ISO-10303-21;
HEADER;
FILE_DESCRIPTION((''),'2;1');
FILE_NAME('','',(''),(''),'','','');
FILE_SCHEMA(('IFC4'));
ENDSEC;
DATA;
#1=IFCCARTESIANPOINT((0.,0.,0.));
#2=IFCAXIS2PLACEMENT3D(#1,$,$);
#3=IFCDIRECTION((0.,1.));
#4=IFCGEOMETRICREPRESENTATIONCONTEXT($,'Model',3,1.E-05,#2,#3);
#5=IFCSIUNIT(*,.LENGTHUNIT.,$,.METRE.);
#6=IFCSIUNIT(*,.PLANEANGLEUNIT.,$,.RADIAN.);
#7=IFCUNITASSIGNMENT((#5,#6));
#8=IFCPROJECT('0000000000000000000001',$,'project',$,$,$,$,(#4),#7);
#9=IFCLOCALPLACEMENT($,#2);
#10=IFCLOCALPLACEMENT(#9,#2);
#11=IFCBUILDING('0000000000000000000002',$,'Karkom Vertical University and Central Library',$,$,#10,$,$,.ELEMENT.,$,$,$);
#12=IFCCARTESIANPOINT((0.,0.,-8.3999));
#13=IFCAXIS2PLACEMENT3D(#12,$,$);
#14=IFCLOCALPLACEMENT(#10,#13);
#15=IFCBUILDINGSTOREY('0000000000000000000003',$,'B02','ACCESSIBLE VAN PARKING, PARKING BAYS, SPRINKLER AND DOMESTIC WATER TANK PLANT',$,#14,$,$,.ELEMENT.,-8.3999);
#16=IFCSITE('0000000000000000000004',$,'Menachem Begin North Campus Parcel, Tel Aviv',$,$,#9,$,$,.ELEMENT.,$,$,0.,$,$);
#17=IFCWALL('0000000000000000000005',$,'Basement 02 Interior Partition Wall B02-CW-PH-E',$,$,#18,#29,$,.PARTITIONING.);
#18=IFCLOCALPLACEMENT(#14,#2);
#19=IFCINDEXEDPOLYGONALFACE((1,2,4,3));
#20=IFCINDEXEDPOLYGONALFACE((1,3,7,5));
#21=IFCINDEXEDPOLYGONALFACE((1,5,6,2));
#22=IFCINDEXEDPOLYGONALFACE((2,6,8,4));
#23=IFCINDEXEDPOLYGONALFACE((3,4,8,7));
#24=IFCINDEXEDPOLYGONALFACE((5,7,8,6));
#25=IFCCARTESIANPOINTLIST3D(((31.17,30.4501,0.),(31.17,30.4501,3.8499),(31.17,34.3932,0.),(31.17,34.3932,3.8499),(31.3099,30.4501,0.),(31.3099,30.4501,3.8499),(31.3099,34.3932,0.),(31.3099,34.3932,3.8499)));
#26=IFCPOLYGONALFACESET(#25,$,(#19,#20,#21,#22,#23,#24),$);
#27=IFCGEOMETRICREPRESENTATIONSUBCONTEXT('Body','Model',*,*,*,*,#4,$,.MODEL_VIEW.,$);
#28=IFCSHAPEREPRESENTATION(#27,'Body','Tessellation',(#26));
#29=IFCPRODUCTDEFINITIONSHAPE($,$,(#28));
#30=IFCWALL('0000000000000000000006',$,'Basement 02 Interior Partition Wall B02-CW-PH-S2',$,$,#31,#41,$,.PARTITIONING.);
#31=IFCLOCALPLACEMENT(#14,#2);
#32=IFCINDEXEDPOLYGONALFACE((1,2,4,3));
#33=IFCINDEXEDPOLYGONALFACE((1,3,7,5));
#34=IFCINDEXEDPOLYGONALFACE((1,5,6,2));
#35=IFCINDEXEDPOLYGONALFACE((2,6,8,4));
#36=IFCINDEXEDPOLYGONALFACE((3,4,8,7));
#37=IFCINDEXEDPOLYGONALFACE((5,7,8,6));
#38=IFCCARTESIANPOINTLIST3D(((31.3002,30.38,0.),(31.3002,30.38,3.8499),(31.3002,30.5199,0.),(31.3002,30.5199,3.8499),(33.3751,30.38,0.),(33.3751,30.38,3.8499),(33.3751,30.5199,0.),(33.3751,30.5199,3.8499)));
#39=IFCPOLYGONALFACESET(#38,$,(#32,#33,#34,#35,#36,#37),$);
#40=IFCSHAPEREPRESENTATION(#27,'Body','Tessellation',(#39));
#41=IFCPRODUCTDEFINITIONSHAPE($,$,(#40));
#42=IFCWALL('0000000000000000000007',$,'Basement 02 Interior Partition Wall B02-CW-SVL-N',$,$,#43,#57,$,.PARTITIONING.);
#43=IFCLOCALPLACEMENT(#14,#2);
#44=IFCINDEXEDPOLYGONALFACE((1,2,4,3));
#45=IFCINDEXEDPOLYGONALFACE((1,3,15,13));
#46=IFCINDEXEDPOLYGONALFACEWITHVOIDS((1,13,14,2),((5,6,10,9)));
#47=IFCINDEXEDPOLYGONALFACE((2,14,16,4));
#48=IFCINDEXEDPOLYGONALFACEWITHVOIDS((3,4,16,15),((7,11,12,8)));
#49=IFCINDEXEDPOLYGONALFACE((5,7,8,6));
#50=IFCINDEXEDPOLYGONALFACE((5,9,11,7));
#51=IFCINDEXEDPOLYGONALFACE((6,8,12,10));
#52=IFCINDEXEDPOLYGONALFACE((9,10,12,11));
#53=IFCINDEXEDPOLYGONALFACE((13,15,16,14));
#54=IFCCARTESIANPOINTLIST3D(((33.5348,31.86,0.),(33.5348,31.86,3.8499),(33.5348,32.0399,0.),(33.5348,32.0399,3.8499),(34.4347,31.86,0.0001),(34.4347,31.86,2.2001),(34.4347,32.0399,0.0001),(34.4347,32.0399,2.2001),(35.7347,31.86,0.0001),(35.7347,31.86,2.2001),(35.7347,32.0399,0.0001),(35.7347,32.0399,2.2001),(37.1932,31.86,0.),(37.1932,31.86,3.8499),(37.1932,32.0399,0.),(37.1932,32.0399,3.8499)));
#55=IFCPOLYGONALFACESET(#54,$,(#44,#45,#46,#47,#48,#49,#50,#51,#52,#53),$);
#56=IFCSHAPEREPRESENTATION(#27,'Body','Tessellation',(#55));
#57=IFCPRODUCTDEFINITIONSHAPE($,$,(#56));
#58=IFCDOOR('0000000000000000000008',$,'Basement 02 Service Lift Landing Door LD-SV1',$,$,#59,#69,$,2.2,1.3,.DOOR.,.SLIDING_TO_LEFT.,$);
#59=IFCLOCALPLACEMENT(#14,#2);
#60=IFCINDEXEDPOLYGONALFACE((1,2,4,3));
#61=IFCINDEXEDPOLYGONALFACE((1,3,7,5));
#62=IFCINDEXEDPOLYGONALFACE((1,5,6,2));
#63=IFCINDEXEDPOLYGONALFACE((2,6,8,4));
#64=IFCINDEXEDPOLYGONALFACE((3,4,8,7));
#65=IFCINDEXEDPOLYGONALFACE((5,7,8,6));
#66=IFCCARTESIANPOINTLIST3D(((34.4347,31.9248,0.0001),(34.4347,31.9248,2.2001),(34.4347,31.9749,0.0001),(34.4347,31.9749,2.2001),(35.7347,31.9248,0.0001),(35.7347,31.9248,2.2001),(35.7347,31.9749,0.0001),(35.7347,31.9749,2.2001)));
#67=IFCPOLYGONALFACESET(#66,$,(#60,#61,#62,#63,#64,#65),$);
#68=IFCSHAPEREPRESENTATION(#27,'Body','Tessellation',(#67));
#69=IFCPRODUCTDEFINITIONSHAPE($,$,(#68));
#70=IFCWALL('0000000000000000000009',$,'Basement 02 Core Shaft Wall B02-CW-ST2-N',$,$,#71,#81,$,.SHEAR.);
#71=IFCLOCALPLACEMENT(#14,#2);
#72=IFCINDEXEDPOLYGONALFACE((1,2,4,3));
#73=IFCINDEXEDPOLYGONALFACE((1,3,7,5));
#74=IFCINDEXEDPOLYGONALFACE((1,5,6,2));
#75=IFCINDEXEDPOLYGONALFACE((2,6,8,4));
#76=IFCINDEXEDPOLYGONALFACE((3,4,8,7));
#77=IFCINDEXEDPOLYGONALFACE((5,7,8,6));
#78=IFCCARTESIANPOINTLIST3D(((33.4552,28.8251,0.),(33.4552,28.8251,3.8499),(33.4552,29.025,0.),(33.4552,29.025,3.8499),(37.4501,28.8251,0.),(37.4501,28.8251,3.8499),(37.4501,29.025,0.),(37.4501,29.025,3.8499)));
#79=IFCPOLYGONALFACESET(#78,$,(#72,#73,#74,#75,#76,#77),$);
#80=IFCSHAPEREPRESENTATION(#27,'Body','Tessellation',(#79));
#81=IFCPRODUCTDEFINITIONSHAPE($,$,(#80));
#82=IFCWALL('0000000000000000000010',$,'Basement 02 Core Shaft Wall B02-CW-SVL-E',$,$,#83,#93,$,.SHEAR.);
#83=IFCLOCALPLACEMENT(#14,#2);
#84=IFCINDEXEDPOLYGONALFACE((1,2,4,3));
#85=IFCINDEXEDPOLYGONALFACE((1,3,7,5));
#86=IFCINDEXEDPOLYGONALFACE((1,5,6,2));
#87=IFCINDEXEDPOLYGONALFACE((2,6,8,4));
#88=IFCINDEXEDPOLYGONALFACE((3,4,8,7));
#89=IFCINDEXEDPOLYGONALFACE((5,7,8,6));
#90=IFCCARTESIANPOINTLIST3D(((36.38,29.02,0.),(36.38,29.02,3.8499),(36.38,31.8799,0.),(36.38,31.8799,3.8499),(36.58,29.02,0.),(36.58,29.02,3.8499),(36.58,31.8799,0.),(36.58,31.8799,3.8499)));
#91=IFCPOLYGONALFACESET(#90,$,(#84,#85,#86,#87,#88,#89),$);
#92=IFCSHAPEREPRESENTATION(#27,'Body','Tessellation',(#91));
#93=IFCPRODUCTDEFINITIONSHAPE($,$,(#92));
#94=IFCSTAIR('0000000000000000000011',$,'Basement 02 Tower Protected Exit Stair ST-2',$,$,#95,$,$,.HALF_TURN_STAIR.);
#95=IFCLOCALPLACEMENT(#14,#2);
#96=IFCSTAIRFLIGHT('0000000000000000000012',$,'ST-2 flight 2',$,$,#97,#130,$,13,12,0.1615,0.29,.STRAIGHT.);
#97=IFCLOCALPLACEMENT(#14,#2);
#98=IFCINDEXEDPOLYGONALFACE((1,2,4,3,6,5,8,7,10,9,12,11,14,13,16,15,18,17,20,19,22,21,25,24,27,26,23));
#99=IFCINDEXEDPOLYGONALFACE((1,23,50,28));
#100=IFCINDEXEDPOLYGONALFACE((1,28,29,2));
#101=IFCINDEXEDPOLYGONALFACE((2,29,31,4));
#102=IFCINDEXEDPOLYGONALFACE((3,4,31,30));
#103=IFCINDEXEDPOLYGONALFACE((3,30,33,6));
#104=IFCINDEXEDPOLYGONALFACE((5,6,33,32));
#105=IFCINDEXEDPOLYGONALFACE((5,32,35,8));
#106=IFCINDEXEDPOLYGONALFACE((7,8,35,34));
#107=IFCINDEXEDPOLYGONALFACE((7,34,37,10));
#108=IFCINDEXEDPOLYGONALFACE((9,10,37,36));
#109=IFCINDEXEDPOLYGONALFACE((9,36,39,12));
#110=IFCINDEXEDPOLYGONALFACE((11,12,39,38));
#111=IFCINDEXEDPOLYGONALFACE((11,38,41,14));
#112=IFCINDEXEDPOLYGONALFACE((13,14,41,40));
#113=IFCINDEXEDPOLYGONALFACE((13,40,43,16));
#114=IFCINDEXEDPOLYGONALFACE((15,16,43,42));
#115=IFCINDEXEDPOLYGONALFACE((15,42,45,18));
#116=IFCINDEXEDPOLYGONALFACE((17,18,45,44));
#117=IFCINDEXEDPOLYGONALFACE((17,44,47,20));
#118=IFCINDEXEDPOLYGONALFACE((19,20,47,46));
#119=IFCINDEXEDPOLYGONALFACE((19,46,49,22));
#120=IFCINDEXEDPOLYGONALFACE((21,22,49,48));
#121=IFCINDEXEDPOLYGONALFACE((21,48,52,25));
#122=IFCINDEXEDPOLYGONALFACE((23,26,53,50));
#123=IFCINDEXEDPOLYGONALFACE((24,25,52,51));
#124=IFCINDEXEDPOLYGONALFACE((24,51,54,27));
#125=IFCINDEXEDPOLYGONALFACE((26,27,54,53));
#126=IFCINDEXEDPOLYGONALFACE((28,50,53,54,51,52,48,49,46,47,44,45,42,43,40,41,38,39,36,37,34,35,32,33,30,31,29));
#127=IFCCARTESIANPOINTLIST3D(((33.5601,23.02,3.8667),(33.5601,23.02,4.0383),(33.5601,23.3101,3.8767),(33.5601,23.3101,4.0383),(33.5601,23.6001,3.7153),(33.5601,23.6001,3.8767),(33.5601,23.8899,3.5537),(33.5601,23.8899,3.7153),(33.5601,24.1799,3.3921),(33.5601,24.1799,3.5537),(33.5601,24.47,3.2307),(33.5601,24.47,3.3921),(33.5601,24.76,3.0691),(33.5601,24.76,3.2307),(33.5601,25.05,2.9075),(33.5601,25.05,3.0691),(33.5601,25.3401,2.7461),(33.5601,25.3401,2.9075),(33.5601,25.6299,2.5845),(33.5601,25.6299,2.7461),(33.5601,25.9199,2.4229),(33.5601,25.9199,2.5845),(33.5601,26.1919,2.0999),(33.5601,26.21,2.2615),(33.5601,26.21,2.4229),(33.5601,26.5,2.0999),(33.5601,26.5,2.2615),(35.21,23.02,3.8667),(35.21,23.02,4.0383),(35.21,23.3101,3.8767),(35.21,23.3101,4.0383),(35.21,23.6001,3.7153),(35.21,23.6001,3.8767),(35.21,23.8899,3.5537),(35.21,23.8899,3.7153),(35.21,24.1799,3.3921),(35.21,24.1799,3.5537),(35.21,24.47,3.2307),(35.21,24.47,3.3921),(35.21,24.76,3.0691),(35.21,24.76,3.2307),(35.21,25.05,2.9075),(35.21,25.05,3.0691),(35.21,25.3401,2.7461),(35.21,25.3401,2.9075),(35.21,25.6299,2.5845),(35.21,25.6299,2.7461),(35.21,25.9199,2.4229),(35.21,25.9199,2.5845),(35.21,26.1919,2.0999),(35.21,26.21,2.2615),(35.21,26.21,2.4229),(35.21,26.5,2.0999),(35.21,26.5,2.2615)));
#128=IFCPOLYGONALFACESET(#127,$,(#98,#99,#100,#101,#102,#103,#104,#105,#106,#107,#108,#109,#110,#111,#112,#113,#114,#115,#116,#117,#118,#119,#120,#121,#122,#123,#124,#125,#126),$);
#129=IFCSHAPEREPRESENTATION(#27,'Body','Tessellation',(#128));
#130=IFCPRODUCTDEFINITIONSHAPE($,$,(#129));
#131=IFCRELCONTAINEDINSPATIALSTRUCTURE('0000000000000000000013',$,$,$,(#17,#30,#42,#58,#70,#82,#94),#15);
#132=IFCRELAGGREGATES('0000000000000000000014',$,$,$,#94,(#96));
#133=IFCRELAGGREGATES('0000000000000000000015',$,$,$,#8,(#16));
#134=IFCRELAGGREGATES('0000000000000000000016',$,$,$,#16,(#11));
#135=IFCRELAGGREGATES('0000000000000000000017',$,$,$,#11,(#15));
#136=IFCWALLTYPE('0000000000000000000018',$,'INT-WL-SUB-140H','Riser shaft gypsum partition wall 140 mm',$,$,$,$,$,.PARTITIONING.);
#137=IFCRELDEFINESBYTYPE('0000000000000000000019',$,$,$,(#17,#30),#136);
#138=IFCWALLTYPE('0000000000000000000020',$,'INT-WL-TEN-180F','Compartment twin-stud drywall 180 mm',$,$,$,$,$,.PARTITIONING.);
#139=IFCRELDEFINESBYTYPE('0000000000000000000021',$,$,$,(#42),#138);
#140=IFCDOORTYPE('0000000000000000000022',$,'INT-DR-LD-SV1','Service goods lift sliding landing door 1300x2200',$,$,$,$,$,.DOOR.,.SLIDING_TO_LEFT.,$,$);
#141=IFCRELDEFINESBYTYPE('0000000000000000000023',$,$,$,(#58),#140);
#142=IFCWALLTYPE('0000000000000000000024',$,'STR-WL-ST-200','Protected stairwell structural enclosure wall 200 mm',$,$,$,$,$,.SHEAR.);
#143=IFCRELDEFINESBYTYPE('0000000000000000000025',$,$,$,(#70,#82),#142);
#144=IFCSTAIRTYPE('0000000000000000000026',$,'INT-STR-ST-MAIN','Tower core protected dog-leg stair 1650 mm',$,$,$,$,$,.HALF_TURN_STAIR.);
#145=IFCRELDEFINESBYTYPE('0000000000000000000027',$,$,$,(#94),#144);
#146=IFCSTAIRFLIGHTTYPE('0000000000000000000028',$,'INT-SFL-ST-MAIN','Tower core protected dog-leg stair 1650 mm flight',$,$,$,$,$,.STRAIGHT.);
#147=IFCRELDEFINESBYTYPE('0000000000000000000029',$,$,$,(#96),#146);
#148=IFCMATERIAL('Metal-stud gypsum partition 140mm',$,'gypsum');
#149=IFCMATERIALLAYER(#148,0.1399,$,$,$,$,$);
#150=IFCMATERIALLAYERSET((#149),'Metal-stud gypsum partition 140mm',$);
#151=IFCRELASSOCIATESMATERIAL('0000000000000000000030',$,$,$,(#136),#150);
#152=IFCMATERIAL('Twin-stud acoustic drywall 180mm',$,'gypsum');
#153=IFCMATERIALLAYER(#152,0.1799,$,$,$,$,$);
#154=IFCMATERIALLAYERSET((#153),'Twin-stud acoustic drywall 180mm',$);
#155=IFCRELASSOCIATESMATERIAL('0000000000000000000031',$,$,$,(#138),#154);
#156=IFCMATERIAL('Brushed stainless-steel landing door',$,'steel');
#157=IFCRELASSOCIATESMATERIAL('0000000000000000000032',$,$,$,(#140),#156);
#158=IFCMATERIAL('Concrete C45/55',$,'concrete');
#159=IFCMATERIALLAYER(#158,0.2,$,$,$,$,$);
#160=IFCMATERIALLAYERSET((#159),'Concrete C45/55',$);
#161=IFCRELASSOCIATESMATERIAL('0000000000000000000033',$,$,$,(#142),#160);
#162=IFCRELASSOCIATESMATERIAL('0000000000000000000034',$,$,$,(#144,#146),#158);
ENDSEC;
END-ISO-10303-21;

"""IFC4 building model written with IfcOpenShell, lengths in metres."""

from ifc_helpers import new_model, si_unit, direction, frame, frame_2d, origin, origin_with_axes, place, context, subcontext, project, spatial, polyline, rectangle, outline, extrude, source, transform, mapped, material, layer, layer_set, type_object, element, fill, aggregate, save


model = new_model("IFC4")

# Units and contexts
model_context = context("Model", 3, precision=1e-05, world=origin(), true_north=direction((0.0, 1.0)))
body_context = subcontext(model_context, "Body", "Model", "MODEL_VIEW")
ifc_project = project(units=[si_unit("LENGTHUNIT", "METRE"), si_unit("PLANEANGLEUNIT", "RADIAN")], contexts=[model_context])

# Site, building, storey
site_placement = place(None, origin())
site = spatial("IfcSite", under=ifc_project, at=site_placement, Name="Menachem Begin North Campus Parcel, Tel Aviv", CompositionType="ELEMENT", RefElevation=0.0)
building_placement = place(site_placement, origin())
building = spatial("IfcBuilding", under=site, at=building_placement, Name="Karkom Vertical University and Central Library", CompositionType="ELEMENT")
storey_placement = place(building_placement, frame((0.0, 0.0, -8.3999)))
storey = spatial("IfcBuildingStorey", under=building, at=storey_placement, Name="B02", Description="ACCESSIBLE VAN PARKING, PARKING BAYS, SPRINKLER AND DOMESTIC WATER TANK PLANT", CompositionType="ELEMENT", Elevation=-8.3999)

# Walls
ifc_material_1 = material(Name="Metal-stud gypsum partition 140mm", Category="gypsum")
ifc_layer_1 = layer(ifc_material_1, 0.1399)
ifc_layer_set_1 = layer_set([ifc_layer_1], Name="Metal-stud gypsum partition 140mm")
wall_type_1 = type_object("IfcWallType", Name="INT-WL-SUB-140H", Description="Riser shaft gypsum partition wall 140 mm", PredefinedType="PARTITIONING", material=ifc_layer_set_1)
for number, where, z_axis, x_axis, name in (
    (1, (31.24, 30.45, 0.0), (0.0, 0.0, 1.0), (0.0, 1.0, 0.0), "Basement 02 Interior Partition Wall B02-CW-PH-E"),
):
    element("IfcWall", number, at=place(storey_placement, frame(where, z_axis=z_axis, x_axis=x_axis)), inside=storey, type_object=wall_type_1, Name=name, PredefinedType="PARTITIONING", context=body_context, shape_type="SweptSolid", body=[
        extrude(rectangle(XDim=3.9431, YDim=0.1399, at=frame_2d((1.9717, 0.0))), origin(), (0.0, 0.0, 1.0), 3.8499),
    ])
wall_1_placement = place(storey_placement, frame((31.3, 30.45, 0.0), z_axis=(0.0, 0.0, 1.0), x_axis=(1.0, 0.0, 0.0)))
element("IfcWall", 2, at=wall_1_placement, inside=storey, type_object=wall_type_1, Name="Basement 02 Interior Partition Wall B02-CW-PH-S2", PredefinedType="PARTITIONING", context=body_context, shape_type="SweptSolid", body=[
    extrude(rectangle(XDim=2.075, YDim=0.1399, at=frame_2d((1.0376, 0.0))), origin(), (0.0, 0.0, 1.0), 3.8499),
])

# Wall, opening, door
ifc_material_2 = material(Name="Twin-stud acoustic drywall 180mm", Category="gypsum")
ifc_layer_2 = layer(ifc_material_2, 0.1799)
ifc_layer_set_2 = layer_set([ifc_layer_2], Name="Twin-stud acoustic drywall 180mm")
wall_type_2 = type_object("IfcWallType", Name="INT-WL-TEN-180F", Description="Compartment twin-stud drywall 180 mm", PredefinedType="PARTITIONING", material=ifc_layer_set_2)
wall_2_placement = place(storey_placement, frame((33.5349, 31.95, 0.0), z_axis=(0.0, 0.0, 1.0), x_axis=(1.0, 0.0, 0.0)))
wall_2 = element("IfcWall", 3, at=wall_2_placement, inside=storey, type_object=wall_type_2, Name="Basement 02 Interior Partition Wall B02-CW-SVL-N", PredefinedType="PARTITIONING", context=body_context, shape_type="SweptSolid", body=[
    extrude(rectangle(XDim=3.6584, YDim=0.1799, at=frame_2d((1.8291, 0.0))), origin(), (0.0, 0.0, 1.0), 3.8499),
])
opening_1_placement = place(wall_2_placement, frame((0.8999, 0.0, 0.0)))
opening_1 = element("IfcOpeningElement", 4, at=opening_1_placement, cuts=wall_2, PredefinedType="OPENING", context=body_context, shape_type="SweptSolid", body=[
    extrude(rectangle(XDim=1.3, YDim=2.2, at=frame_2d((0.6499, 1.1001))), frame((0.0, 0.1001, 0.0), z_axis=(0.0, -1.0, 0.0), x_axis=(1.0, 0.0, 0.0)), (0.0, 0.0, 1.0), 0.2),
])
ifc_material_3 = material(Name="Brushed stainless-steel landing door", Category="steel")
door_type_1 = type_object("IfcDoorType", Name="INT-DR-LD-SV1", Description="Service goods lift sliding landing door 1300x2200", OperationType="SLIDING_TO_LEFT", PredefinedType="DOOR", material=ifc_material_3)
shared_shape_1 = source(origin_with_axes(), body_context, "Body", "SweptSolid", [
    extrude(rectangle(XDim=1.3, YDim=2.2, at=frame_2d((0.6499, 1.1001))), frame((0.0, 0.0249, 0.0), z_axis=(0.0, -1.0, 0.0), x_axis=(1.0, 0.0, 0.0)), (0.0, 0.0, 1.0), 0.05),
])
door_1_placement = place(opening_1_placement, origin())
door_1 = element("IfcDoor", 5, at=door_1_placement, inside=storey, type_object=door_type_1, Name="Basement 02 Service Lift Landing Door LD-SV1", OperationType="SLIDING_TO_LEFT", OverallHeight=2.2, OverallWidth=1.3, PredefinedType="DOOR", context=body_context, shape_type="MappedRepresentation", body=[
    mapped(shared_shape_1, transform((0.0, 0.0, 0.0), scale=1.0)),
])
fill(opening_1, door_1)

# Walls
ifc_material_4 = material(Name="Concrete C45/55", Category="concrete")
ifc_layer_3 = layer(ifc_material_4, 0.2)
ifc_layer_set_3 = layer_set([ifc_layer_3], Name="Concrete C45/55")
wall_type_3 = type_object("IfcWallType", Name="STR-WL-ST-200", Description="Protected stairwell structural enclosure wall 200 mm", PredefinedType="SHEAR", material=ifc_layer_set_3)
wall_3_placement = place(storey_placement, frame((33.4551, 28.925, 0.0), z_axis=(0.0, 0.0, 1.0), x_axis=(1.0, 0.0, 0.0)))
element("IfcWall", 6, at=wall_3_placement, inside=storey, type_object=wall_type_3, Name="Basement 02 Core Shaft Wall B02-CW-ST2-N", PredefinedType="SHEAR", context=body_context, shape_type="SweptSolid", body=[
    extrude(rectangle(XDim=3.9949, YDim=0.2, at=frame_2d((1.9976, 0.0))), origin(), (0.0, 0.0, 1.0), 3.8499),
])
wall_4_placement = place(storey_placement, frame((36.48, 29.02, 0.0), z_axis=(0.0, 0.0, 1.0), x_axis=(0.0, 1.0, 0.0)))
element("IfcWall", 7, at=wall_4_placement, inside=storey, type_object=wall_type_3, Name="Basement 02 Core Shaft Wall B02-CW-SVL-E", PredefinedType="SHEAR", context=body_context, shape_type="SweptSolid", body=[
    extrude(rectangle(XDim=2.8599, YDim=0.2, at=frame_2d((1.4299, 0.0))), origin(), (0.0, 0.0, 1.0), 3.8499),
])

# Stair, stair flight
stair_type = type_object("IfcStairType", Name="INT-STR-ST-MAIN", Description="Tower core protected dog-leg stair 1650 mm", PredefinedType="HALF_TURN_STAIR", material=ifc_material_4)
stair_placement = place(storey_placement, origin())
stair = element("IfcStair", 8, at=stair_placement, inside=storey, type_object=stair_type, Name="Basement 02 Tower Protected Exit Stair ST-2", PredefinedType="HALF_TURN_STAIR")
stair_flight_type = type_object("IfcStairFlightType", Name="INT-SFL-ST-MAIN", Description="Tower core protected dog-leg stair 1650 mm flight", PredefinedType="STRAIGHT", material=ifc_material_4)
stair_flight_placement = place(storey_placement, frame((34.385, 26.5, 2.0999), z_axis=(0.0, 0.0, 1.0), x_axis=(0.0, -1.0, 0.0)))
stair_flight = element("IfcStairFlight", 9, at=stair_flight_placement, type_object=stair_flight_type, Name="ST-2 flight 2", NumberOfRisers=13, NumberOfTreads=12, PredefinedType="STRAIGHT", RiserHeight=0.1615, TreadLength=0.29, context=body_context, shape_type="SweptSolid", body=[
    extrude(outline(polyline([(0.0, 0.0), (0.0, 0.1616), (0.29, 0.1616), (0.29, 0.323), (0.5801, 0.323), (0.5801, 0.4846), (0.8701, 0.4846), (0.8701, 0.6462), (1.1599, 0.6462), (1.1599, 0.8076), (1.45, 0.8076), (1.45, 0.9692), (1.74, 0.9692), (1.74, 1.1309), (2.03, 1.1309), (2.03, 1.2922), (2.3201, 1.2922), (2.3201, 1.4539), (2.6101, 1.4539), (2.6101, 1.6155), (2.8999, 1.6155), (2.8999, 1.7769), (3.1899, 1.7769), (3.1899, 1.9385), (3.48, 1.9385), (3.48, 2.1001), (3.48, 1.7668), (0.3081, 0.0), (0.0, 0.0)])), frame((0.0, 0.825, 0.0), z_axis=(0.0, -1.0, 0.0), x_axis=(1.0, 0.0, 0.0)), (0.0, 0.0, 1.0), 1.6499),
])
aggregate(stair, [stair_flight])

save(model, "model.ifc")
